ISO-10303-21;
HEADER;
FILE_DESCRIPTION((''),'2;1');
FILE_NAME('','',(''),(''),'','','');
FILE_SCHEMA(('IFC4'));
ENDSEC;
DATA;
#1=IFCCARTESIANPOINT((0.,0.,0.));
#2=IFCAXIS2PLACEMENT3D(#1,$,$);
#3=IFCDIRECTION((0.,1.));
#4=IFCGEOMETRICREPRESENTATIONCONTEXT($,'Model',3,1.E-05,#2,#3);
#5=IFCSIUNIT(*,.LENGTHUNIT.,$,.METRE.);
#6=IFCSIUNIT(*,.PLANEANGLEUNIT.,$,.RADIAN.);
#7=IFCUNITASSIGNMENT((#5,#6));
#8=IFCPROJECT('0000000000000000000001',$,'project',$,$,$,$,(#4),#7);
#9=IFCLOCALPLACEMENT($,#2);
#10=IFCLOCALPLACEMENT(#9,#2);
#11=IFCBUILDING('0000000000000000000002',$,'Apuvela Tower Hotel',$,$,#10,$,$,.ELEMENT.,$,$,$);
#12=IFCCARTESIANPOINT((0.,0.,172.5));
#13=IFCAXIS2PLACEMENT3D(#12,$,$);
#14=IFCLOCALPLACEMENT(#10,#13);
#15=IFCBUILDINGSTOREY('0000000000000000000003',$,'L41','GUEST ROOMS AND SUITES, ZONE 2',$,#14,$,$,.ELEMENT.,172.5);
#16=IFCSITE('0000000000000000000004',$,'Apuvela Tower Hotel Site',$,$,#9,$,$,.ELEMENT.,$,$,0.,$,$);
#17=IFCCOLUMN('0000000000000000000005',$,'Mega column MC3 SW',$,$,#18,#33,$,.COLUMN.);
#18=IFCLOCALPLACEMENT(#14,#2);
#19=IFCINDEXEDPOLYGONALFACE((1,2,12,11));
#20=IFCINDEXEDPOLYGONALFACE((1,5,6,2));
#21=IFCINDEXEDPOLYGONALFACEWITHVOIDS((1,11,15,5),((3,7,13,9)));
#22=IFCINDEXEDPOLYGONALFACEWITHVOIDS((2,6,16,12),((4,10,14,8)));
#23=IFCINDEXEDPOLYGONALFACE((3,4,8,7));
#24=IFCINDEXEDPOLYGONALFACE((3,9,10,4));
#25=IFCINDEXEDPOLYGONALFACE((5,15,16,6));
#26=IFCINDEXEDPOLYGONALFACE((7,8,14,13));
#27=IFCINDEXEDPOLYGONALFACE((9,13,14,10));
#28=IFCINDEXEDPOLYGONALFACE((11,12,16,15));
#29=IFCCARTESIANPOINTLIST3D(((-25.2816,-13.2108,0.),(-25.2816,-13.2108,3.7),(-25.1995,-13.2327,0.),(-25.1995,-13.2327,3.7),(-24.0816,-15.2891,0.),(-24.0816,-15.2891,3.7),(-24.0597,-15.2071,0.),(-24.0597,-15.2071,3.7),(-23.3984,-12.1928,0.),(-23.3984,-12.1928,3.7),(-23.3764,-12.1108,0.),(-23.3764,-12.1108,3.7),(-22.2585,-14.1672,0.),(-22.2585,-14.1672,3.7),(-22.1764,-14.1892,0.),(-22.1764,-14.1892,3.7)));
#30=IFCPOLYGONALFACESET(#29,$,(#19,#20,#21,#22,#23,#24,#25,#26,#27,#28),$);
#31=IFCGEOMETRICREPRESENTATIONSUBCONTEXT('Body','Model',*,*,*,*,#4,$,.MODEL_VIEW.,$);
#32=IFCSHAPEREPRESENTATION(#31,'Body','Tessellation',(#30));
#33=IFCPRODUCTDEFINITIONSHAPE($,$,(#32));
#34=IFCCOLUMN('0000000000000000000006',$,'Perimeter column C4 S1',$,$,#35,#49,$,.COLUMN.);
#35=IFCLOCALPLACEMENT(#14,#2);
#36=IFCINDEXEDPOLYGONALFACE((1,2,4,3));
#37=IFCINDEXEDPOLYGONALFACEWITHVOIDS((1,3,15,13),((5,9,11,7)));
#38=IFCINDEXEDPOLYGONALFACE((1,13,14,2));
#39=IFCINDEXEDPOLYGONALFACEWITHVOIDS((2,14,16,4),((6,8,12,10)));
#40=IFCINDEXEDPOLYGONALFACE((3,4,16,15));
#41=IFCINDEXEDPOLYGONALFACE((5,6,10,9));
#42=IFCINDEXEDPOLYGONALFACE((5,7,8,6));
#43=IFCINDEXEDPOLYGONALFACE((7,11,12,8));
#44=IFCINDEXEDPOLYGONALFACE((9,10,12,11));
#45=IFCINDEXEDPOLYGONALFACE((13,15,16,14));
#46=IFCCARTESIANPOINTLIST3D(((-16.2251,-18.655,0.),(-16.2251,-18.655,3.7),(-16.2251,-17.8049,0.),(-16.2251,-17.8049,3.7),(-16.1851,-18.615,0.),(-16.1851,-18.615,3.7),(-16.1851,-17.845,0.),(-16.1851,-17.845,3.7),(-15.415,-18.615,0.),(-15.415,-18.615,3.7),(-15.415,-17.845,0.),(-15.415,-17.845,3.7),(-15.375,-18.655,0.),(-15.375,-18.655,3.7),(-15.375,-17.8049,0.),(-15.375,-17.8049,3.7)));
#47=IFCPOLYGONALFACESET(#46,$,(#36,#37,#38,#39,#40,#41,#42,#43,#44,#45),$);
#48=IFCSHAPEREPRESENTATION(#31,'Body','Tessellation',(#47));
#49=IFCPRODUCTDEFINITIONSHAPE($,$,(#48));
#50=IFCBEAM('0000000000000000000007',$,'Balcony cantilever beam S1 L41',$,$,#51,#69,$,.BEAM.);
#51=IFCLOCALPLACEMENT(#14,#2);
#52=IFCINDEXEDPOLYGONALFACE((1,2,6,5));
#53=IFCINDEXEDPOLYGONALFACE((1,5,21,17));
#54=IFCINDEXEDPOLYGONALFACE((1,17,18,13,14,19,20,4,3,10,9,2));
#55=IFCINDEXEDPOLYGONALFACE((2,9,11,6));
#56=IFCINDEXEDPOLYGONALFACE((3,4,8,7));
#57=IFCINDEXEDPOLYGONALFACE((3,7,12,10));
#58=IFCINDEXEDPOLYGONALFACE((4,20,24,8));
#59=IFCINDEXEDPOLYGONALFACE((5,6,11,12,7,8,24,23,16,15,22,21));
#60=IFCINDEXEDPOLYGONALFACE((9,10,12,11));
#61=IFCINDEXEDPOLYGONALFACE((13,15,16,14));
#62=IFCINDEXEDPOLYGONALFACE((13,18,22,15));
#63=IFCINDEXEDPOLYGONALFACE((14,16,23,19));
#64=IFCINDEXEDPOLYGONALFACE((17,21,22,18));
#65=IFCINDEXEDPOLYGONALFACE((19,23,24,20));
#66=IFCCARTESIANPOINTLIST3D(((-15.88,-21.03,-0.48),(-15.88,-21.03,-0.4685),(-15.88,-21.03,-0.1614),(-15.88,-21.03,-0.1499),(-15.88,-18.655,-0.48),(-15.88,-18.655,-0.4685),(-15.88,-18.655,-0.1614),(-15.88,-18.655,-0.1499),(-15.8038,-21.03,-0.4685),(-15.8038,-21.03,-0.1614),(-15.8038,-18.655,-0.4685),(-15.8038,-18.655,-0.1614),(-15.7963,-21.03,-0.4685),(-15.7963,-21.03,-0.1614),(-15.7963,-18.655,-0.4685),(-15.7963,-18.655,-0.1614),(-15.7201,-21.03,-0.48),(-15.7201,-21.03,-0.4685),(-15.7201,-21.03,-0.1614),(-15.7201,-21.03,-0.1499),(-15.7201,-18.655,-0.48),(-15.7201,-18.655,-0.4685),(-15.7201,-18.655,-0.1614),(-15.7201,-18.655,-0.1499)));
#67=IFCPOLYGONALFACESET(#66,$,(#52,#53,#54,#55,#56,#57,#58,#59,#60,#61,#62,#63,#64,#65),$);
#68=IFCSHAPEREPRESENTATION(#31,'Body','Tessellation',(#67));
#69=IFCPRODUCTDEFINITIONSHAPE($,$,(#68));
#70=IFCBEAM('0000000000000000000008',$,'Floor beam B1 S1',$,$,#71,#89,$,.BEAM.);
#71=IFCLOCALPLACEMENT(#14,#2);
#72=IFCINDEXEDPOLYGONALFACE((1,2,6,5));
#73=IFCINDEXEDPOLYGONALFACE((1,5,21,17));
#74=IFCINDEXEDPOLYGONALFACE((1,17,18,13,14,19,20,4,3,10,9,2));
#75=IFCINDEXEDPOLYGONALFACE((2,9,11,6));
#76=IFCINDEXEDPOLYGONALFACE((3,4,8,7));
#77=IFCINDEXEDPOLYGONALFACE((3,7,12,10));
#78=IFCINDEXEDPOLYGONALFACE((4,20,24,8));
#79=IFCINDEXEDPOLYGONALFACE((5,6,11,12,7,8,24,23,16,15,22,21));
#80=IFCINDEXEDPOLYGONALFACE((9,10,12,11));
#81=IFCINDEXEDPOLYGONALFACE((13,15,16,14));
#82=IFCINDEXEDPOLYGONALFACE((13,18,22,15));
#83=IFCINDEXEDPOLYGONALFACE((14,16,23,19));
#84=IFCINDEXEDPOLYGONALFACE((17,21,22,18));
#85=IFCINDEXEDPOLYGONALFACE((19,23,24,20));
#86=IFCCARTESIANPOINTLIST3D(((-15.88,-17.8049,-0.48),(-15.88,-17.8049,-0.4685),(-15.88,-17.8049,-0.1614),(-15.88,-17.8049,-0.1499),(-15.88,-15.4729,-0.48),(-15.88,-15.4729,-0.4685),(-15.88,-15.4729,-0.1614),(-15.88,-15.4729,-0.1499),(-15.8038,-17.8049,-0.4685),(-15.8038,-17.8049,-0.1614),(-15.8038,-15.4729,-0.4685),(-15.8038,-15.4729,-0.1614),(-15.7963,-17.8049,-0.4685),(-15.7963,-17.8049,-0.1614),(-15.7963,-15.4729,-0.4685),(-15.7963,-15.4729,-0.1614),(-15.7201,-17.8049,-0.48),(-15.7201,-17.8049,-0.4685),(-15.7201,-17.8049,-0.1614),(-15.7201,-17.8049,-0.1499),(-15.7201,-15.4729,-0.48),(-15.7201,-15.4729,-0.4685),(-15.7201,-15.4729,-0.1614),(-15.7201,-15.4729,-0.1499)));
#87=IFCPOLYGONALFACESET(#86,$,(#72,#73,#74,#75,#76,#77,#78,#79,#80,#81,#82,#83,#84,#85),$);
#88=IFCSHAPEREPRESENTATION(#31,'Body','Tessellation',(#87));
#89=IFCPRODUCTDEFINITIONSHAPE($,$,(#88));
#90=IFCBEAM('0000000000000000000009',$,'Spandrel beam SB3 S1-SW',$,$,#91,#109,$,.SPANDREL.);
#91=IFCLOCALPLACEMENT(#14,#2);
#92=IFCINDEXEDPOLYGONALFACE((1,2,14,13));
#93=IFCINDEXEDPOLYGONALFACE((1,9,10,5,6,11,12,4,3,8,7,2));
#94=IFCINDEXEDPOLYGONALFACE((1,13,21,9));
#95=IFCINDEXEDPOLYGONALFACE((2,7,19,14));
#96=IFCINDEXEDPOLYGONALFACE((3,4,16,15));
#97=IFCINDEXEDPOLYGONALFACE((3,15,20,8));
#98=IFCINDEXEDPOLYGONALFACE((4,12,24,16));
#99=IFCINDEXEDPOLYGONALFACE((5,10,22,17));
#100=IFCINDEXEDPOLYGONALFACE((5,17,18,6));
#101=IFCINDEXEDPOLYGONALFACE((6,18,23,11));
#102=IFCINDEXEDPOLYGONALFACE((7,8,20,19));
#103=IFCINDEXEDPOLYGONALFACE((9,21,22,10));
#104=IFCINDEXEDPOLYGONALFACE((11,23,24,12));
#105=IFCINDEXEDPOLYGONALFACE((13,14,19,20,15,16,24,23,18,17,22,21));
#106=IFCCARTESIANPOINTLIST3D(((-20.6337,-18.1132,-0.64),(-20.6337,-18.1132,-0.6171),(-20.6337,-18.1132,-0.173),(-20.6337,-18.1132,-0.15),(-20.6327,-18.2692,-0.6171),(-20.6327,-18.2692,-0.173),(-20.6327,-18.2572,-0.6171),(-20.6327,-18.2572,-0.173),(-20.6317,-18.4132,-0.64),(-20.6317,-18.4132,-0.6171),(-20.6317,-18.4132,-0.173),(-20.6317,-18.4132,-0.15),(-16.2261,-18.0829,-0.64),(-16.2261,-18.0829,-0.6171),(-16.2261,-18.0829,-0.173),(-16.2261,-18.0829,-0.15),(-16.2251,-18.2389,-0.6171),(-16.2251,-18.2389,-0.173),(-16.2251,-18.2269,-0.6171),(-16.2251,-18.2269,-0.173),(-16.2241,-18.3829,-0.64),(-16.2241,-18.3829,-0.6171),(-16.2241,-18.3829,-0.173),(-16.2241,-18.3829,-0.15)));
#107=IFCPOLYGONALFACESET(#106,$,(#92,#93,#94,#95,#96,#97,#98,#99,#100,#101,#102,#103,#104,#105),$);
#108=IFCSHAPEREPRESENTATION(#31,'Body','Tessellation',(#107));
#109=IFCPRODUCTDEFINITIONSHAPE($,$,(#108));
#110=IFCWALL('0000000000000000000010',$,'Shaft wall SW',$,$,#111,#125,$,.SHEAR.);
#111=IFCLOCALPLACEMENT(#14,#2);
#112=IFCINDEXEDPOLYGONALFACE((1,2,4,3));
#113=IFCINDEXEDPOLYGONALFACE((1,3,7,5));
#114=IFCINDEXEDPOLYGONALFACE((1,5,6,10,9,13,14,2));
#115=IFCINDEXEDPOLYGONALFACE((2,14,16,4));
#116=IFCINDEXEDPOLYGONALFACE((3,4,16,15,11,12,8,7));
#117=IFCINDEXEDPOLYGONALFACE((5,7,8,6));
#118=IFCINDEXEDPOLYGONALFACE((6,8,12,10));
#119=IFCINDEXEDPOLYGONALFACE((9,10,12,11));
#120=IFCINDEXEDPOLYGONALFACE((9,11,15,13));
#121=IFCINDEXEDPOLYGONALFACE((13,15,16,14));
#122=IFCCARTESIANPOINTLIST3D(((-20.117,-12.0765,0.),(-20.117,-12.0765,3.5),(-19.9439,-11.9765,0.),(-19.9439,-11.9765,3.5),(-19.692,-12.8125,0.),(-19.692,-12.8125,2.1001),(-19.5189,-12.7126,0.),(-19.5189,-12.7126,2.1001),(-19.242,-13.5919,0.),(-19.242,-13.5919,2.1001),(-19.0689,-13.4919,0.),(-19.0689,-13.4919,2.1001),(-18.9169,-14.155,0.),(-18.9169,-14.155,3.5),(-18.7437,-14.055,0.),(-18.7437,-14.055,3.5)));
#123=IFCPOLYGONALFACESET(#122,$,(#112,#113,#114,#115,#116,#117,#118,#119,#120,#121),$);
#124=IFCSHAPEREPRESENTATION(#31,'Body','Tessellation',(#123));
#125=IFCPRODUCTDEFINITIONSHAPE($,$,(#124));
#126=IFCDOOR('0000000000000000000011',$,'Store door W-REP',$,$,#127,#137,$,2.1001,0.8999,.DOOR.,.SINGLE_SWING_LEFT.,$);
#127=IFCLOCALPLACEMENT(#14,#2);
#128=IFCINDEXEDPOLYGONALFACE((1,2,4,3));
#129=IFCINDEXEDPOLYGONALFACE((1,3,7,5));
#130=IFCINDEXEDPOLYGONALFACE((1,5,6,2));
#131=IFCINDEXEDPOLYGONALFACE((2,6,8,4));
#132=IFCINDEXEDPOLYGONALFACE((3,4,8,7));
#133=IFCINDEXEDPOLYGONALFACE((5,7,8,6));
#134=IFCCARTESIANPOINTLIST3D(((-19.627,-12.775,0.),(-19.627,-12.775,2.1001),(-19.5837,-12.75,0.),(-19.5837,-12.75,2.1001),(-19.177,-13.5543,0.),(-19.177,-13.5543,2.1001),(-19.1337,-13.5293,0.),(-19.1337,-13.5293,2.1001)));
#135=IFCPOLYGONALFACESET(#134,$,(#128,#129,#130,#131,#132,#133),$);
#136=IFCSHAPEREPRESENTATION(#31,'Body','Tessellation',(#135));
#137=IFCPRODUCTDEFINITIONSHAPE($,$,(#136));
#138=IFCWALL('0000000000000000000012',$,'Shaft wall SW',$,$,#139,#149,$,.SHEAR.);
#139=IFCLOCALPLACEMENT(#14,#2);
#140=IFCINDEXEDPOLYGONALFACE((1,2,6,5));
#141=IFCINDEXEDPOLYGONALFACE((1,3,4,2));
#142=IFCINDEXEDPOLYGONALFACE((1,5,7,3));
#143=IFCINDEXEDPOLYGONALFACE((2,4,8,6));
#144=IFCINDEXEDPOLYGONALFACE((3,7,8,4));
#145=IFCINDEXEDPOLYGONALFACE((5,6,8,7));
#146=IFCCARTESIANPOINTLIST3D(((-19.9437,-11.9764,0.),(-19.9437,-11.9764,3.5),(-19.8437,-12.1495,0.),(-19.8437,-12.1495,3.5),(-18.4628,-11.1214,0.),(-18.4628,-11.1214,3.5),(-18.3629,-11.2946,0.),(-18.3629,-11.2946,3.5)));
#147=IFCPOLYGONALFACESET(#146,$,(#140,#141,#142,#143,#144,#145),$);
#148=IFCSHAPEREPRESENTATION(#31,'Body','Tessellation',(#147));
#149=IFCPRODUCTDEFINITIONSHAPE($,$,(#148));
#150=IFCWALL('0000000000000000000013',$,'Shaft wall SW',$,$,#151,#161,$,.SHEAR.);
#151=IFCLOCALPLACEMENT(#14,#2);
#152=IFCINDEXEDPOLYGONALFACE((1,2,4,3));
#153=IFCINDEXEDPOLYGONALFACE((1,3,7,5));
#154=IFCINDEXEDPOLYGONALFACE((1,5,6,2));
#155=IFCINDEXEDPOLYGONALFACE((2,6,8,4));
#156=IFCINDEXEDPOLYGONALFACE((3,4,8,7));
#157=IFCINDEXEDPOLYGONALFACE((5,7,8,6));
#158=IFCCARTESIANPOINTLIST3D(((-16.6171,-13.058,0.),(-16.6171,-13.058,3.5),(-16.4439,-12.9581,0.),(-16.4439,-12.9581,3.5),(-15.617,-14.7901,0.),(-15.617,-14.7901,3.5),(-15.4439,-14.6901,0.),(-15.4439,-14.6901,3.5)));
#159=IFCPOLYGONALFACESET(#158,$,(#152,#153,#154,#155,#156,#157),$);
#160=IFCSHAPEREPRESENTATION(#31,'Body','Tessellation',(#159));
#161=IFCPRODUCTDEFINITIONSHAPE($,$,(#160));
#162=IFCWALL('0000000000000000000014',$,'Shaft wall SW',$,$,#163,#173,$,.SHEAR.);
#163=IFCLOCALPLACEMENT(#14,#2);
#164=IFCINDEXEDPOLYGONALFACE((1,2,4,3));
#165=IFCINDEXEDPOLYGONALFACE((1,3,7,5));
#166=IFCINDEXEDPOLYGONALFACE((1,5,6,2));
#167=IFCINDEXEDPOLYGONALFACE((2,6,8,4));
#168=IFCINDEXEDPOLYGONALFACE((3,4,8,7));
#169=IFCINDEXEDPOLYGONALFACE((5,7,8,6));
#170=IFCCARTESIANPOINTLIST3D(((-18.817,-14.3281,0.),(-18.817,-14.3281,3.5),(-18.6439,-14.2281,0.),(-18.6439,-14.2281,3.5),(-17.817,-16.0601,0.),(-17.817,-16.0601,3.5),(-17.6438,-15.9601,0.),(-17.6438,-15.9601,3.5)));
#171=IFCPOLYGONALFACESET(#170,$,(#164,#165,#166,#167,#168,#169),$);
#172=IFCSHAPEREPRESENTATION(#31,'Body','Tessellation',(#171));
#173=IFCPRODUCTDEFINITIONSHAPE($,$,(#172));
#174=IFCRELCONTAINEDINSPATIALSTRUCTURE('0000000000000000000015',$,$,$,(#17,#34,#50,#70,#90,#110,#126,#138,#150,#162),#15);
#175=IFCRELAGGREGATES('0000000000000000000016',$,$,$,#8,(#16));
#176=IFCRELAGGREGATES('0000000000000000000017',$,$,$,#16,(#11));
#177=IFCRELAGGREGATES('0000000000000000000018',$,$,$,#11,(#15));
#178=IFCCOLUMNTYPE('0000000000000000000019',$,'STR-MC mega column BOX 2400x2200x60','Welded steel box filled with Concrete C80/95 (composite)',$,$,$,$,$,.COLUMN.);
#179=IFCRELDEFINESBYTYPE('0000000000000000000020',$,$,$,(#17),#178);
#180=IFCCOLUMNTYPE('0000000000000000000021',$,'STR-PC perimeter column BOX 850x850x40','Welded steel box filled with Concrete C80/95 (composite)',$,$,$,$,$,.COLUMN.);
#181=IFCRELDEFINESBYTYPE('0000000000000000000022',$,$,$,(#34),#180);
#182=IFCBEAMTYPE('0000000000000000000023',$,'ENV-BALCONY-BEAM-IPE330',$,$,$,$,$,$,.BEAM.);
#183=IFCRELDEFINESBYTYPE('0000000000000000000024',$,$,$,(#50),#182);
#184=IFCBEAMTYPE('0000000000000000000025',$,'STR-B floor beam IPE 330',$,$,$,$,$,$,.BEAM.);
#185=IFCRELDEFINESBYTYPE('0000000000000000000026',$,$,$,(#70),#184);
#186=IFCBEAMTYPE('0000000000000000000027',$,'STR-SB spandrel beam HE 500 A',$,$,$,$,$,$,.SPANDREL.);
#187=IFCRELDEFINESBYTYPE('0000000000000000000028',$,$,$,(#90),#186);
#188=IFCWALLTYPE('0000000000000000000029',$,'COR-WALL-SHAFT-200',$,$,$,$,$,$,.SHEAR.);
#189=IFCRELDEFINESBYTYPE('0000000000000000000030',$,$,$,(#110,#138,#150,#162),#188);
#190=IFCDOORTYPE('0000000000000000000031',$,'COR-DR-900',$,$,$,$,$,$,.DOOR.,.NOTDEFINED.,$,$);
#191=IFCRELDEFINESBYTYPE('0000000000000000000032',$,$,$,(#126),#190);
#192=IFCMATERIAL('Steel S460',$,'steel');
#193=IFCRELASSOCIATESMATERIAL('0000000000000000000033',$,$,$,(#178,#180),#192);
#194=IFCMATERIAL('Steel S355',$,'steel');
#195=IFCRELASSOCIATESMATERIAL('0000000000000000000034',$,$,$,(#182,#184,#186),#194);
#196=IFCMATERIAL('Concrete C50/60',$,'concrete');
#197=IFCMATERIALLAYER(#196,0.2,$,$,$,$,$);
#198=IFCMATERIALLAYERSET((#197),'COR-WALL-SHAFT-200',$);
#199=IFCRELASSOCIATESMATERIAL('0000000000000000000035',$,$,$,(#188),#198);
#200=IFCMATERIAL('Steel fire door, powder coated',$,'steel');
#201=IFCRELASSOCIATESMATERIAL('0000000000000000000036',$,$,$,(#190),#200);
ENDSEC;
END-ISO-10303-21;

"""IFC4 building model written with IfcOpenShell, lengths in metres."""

from ifc_helpers import new_model, si_unit, direction, frame, frame_2d, origin, origin_2d, place, context, subcontext, project, spatial, rectangle, hollow_rectangle, i_section, extrude, material, layer, layer_set, material_profile, profile_set, type_object, element, fill, save


model = new_model("IFC4")

# Units and contexts
model_context = context("Model", 3, precision=1e-05, world=origin(), true_north=direction((0.0, 1.0)))
body_context = subcontext(model_context, "Body", "Model", "MODEL_VIEW")
ifc_project = project(units=[si_unit("LENGTHUNIT", "METRE"), si_unit("PLANEANGLEUNIT", "RADIAN")], contexts=[model_context])

# Site, building, storey
site_placement = place(None, origin())
site = spatial("IfcSite", under=ifc_project, at=site_placement, Name="Apuvela Tower Hotel Site", CompositionType="ELEMENT", RefElevation=0.0)
building_placement = place(site_placement, origin())
building = spatial("IfcBuilding", under=site, at=building_placement, Name="Apuvela Tower Hotel", CompositionType="ELEMENT")
storey_placement = place(building_placement, frame((0.0, 0.0, 172.5)))
storey = spatial("IfcBuildingStorey", under=building, at=storey_placement, Name="L41", Description="GUEST ROOMS AND SUITES, ZONE 2", CompositionType="ELEMENT", Elevation=172.5)

# Columns
ifc_material_1 = material(Name="Steel S460", Category="steel")
ifc_material_profile_1 = material_profile(ifc_material_1, hollow_rectangle(XDim=2.3999, YDim=2.2, WallThickness=0.0601, at=origin_2d()), Name="BOX 2400x2200x60")
ifc_material_2 = material(Name="Concrete C80/95", Category="concrete")
ifc_material_profile_2 = material_profile(ifc_material_2, rectangle(XDim=2.28, YDim=2.0801, at=origin_2d()), Name="Concrete C80/95 infill")
ifc_profile_set_1 = profile_set([ifc_material_profile_1, ifc_material_profile_2], Name="Steel S460")
column_type_1 = type_object("IfcColumnType", Name="STR-MC mega column BOX 2400x2200x60", Description="Welded steel box filled with Concrete C80/95 (composite)", PredefinedType="COLUMN", material=ifc_profile_set_1)
column_1_placement = place(storey_placement, frame((-23.729, -13.7, 0.0), z_axis=(0.0, 0.0, 1.0), x_axis=(-0.5, 0.866025, 0.0)))
element("IfcColumn", 1, at=column_1_placement, inside=storey, type_object=column_type_1, Name="Mega column MC3 SW", PredefinedType="COLUMN", context=body_context, shape_type="SweptSolid", body=[
    extrude(hollow_rectangle(XDim=2.3999, YDim=2.2, WallThickness=0.0601, at=origin_2d()), origin(), (0.0, 0.0, 1.0), 3.7),
])
ifc_material_profile_3 = material_profile(ifc_material_1, hollow_rectangle(XDim=0.8501, YDim=0.8501, WallThickness=0.04, at=origin_2d()), Name="BOX 850x850x40")
ifc_material_profile_4 = material_profile(ifc_material_2, rectangle(XDim=0.77, YDim=0.77, at=origin_2d()), Name="Concrete C80/95 infill")
ifc_profile_set_2 = profile_set([ifc_material_profile_3, ifc_material_profile_4], Name="Steel S460")
column_type_2 = type_object("IfcColumnType", Name="STR-PC perimeter column BOX 850x850x40", Description="Welded steel box filled with Concrete C80/95 (composite)", PredefinedType="COLUMN", material=ifc_profile_set_2)
column_2_placement = place(storey_placement, frame((-15.8, -18.23, 0.0), z_axis=(0.0, 0.0, 1.0), x_axis=(-1.0, 0.0, 0.0)))
element("IfcColumn", 2, at=column_2_placement, inside=storey, type_object=column_type_2, Name="Perimeter column C4 S1", PredefinedType="COLUMN", context=body_context, shape_type="SweptSolid", body=[
    extrude(hollow_rectangle(XDim=0.8501, YDim=0.8501, WallThickness=0.04, at=origin_2d()), origin(), (0.0, 0.0, 1.0), 3.7),
])

# Beams
ifc_material_3 = material(Name="Steel S355", Category="steel")
ifc_material_profile_5 = material_profile(ifc_material_3, i_section(OverallWidth=0.1599, OverallDepth=0.3301, WebThickness=0.0076, FlangeThickness=0.0115, at=origin_2d()), Name="IPE 330")
ifc_profile_set_3 = profile_set([ifc_material_profile_5], Name="Steel S355")
beam_type_1 = type_object("IfcBeamType", Name="ENV-BALCONY-BEAM-IPE330", PredefinedType="BEAM", material=ifc_profile_set_3)
beam_1_placement = place(storey_placement, frame((-15.8, -18.655, -0.3149), z_axis=(0.0, -1.0, 0.0), x_axis=(1.0, 0.0, 0.0)))
element("IfcBeam", 3, at=beam_1_placement, inside=storey, type_object=beam_type_1, Name="Balcony cantilever beam S1 L41", PredefinedType="BEAM", context=body_context, shape_type="SweptSolid", body=[
    extrude(i_section(OverallWidth=0.1599, OverallDepth=0.3301, WebThickness=0.0076, FlangeThickness=0.0115, at=origin_2d()), origin(), (0.0, 0.0, 1.0), 2.375),
])
ifc_material_profile_6 = material_profile(ifc_material_3, i_section(OverallWidth=0.1599, OverallDepth=0.3301, WebThickness=0.0076, FlangeThickness=0.0115, at=origin_2d()), Name="IPE 330")
ifc_profile_set_4 = profile_set([ifc_material_profile_6], Name="Steel S355")
beam_type_2 = type_object("IfcBeamType", Name="STR-B floor beam IPE 330", PredefinedType="BEAM", material=ifc_profile_set_4)
beam_2_placement = place(storey_placement, frame((-15.8, -17.8049, -0.3149), z_axis=(0.0, 1.0, 0.0), x_axis=(-1.0, 0.0, 0.0)))
element("IfcBeam", 4, at=beam_2_placement, inside=storey, type_object=beam_type_2, Name="Floor beam B1 S1", PredefinedType="BEAM", context=body_context, shape_type="SweptSolid", body=[
    extrude(i_section(OverallWidth=0.1599, OverallDepth=0.3301, WebThickness=0.0076, FlangeThickness=0.0115, at=origin_2d()), origin(), (0.0, 0.0, 1.0), 2.332),
])
ifc_material_profile_7 = material_profile(ifc_material_3, i_section(OverallWidth=0.3, OverallDepth=0.49, WebThickness=0.012, FlangeThickness=0.0229, at=origin_2d()), Name="HE 500 A")
ifc_profile_set_5 = profile_set([ifc_material_profile_7], Name="Steel S355")
beam_type_3 = type_object("IfcBeamType", Name="STR-SB spandrel beam HE 500 A", PredefinedType="SPANDREL", material=ifc_profile_set_5)
beam_3_placement = place(storey_placement, frame((-16.2251, -18.2329, -0.395), z_axis=(-0.999976, -0.006868, 0.0), x_axis=(0.006868, -0.999976, 0.0)))
element("IfcBeam", 5, at=beam_3_placement, inside=storey, type_object=beam_type_3, Name="Spandrel beam SB3 S1-SW", PredefinedType="SPANDREL", context=body_context, shape_type="SweptSolid", body=[
    extrude(i_section(OverallWidth=0.3, OverallDepth=0.49, WebThickness=0.012, FlangeThickness=0.0229, at=origin_2d()), origin(), (0.0, 0.0, 1.0), 4.4077),
])

# Wall, opening, door
ifc_material_4 = material(Name="Concrete C50/60", Category="concrete")
ifc_layer_1 = layer(ifc_material_4, 0.2)
ifc_layer_set_1 = layer_set([ifc_layer_1], Name="COR-WALL-SHAFT-200")
wall_type_1 = type_object("IfcWallType", Name="COR-WALL-SHAFT-200", PredefinedType="SHEAR", material=ifc_layer_set_1)
wall_1_placement = place(storey_placement, frame((-20.0305, -12.0264, 0.0), z_axis=(0.0, 0.0, 1.0), x_axis=(0.500034, -0.866006, 0.0)))
wall_1 = element("IfcWall", 6, at=wall_1_placement, inside=storey, type_object=wall_type_1, Name="Shaft wall SW", PredefinedType="SHEAR", context=body_context, shape_type="SweptSolid", body=[
    extrude(rectangle(XDim=2.4001, YDim=0.2, at=frame_2d((1.2002, 0.0))), origin(), (0.0, 0.0, 1.0), 3.5),
])
opening_1_placement = place(wall_1_placement, frame((0.8501, 0.0, 0.0)))
opening_1 = element("IfcOpeningElement", 7, at=opening_1_placement, cuts=wall_1, PredefinedType="OPENING", context=body_context, shape_type="SweptSolid", body=[
    extrude(rectangle(XDim=0.8999, YDim=2.1001, at=frame_2d((0.45, 1.05))), frame((0.0, 0.1099, 0.0), z_axis=(0.0, -1.0, 0.0), x_axis=(1.0, 0.0, 0.0)), (0.0, 0.0, 1.0), 0.22),
])
ifc_material_5 = material(Name="Steel fire door, powder coated", Category="steel")
door_type_1 = type_object("IfcDoorType", Name="COR-DR-900", OperationType="NOTDEFINED", PredefinedType="DOOR", material=ifc_material_5)
door_1_placement = place(opening_1_placement, frame((0.8999, 0.0, 0.0), z_axis=(0.0, 0.0, 1.0), x_axis=(-1.0, 0.0, 0.0)))
door_1 = element("IfcDoor", 8, at=door_1_placement, inside=storey, type_object=door_type_1, Name="Store door W-REP", OperationType="SINGLE_SWING_LEFT", OverallHeight=2.1001, OverallWidth=0.8999, PredefinedType="DOOR", context=body_context, shape_type="SweptSolid", body=[
    extrude(rectangle(XDim=0.8999, YDim=2.1001, at=frame_2d((0.45, 1.05))), frame((0.0, 0.0249, 0.0), z_axis=(0.0, -1.0, 0.0), x_axis=(1.0, 0.0, 0.0)), (0.0, 0.0, 1.0), 0.05),
])
fill(opening_1, door_1)

# Walls
wall_2_placement = place(storey_placement, frame((-18.4128, -11.208, 0.0), z_axis=(0.0, 0.0, 1.0), x_axis=(-0.866038, -0.499978, 0.0)))
element("IfcWall", 9, at=wall_2_placement, inside=storey, type_object=wall_type_1, Name="Shaft wall SW", PredefinedType="SHEAR", context=body_context, shape_type="SweptSolid", body=[
    extrude(rectangle(XDim=1.71, YDim=0.2, at=frame_2d((0.855, 0.0))), origin(), (0.0, 0.0, 1.0), 3.5),
])
for number, where, z_axis, x_axis, name in (
    (10, (-16.5305, -13.0081, 0.0), (0.0, 0.0, 1.0), (0.500025, -0.866011, 0.0), "Shaft wall SW"),
    (11, (-18.7305, -14.2781, 0.0), (0.0, 0.0, 1.0), (0.500025, -0.866011, 0.0), "Shaft wall SW"),
):
    element("IfcWall", number, at=place(storey_placement, frame(where, z_axis=z_axis, x_axis=x_axis)), inside=storey, type_object=wall_type_1, Name=name, PredefinedType="SHEAR", context=body_context, shape_type="SweptSolid", body=[
        extrude(rectangle(XDim=2.0, YDim=0.2, at=frame_2d((1.0, 0.0))), origin(), (0.0, 0.0, 1.0), 3.5),
    ])

save(model, "model.ifc")
